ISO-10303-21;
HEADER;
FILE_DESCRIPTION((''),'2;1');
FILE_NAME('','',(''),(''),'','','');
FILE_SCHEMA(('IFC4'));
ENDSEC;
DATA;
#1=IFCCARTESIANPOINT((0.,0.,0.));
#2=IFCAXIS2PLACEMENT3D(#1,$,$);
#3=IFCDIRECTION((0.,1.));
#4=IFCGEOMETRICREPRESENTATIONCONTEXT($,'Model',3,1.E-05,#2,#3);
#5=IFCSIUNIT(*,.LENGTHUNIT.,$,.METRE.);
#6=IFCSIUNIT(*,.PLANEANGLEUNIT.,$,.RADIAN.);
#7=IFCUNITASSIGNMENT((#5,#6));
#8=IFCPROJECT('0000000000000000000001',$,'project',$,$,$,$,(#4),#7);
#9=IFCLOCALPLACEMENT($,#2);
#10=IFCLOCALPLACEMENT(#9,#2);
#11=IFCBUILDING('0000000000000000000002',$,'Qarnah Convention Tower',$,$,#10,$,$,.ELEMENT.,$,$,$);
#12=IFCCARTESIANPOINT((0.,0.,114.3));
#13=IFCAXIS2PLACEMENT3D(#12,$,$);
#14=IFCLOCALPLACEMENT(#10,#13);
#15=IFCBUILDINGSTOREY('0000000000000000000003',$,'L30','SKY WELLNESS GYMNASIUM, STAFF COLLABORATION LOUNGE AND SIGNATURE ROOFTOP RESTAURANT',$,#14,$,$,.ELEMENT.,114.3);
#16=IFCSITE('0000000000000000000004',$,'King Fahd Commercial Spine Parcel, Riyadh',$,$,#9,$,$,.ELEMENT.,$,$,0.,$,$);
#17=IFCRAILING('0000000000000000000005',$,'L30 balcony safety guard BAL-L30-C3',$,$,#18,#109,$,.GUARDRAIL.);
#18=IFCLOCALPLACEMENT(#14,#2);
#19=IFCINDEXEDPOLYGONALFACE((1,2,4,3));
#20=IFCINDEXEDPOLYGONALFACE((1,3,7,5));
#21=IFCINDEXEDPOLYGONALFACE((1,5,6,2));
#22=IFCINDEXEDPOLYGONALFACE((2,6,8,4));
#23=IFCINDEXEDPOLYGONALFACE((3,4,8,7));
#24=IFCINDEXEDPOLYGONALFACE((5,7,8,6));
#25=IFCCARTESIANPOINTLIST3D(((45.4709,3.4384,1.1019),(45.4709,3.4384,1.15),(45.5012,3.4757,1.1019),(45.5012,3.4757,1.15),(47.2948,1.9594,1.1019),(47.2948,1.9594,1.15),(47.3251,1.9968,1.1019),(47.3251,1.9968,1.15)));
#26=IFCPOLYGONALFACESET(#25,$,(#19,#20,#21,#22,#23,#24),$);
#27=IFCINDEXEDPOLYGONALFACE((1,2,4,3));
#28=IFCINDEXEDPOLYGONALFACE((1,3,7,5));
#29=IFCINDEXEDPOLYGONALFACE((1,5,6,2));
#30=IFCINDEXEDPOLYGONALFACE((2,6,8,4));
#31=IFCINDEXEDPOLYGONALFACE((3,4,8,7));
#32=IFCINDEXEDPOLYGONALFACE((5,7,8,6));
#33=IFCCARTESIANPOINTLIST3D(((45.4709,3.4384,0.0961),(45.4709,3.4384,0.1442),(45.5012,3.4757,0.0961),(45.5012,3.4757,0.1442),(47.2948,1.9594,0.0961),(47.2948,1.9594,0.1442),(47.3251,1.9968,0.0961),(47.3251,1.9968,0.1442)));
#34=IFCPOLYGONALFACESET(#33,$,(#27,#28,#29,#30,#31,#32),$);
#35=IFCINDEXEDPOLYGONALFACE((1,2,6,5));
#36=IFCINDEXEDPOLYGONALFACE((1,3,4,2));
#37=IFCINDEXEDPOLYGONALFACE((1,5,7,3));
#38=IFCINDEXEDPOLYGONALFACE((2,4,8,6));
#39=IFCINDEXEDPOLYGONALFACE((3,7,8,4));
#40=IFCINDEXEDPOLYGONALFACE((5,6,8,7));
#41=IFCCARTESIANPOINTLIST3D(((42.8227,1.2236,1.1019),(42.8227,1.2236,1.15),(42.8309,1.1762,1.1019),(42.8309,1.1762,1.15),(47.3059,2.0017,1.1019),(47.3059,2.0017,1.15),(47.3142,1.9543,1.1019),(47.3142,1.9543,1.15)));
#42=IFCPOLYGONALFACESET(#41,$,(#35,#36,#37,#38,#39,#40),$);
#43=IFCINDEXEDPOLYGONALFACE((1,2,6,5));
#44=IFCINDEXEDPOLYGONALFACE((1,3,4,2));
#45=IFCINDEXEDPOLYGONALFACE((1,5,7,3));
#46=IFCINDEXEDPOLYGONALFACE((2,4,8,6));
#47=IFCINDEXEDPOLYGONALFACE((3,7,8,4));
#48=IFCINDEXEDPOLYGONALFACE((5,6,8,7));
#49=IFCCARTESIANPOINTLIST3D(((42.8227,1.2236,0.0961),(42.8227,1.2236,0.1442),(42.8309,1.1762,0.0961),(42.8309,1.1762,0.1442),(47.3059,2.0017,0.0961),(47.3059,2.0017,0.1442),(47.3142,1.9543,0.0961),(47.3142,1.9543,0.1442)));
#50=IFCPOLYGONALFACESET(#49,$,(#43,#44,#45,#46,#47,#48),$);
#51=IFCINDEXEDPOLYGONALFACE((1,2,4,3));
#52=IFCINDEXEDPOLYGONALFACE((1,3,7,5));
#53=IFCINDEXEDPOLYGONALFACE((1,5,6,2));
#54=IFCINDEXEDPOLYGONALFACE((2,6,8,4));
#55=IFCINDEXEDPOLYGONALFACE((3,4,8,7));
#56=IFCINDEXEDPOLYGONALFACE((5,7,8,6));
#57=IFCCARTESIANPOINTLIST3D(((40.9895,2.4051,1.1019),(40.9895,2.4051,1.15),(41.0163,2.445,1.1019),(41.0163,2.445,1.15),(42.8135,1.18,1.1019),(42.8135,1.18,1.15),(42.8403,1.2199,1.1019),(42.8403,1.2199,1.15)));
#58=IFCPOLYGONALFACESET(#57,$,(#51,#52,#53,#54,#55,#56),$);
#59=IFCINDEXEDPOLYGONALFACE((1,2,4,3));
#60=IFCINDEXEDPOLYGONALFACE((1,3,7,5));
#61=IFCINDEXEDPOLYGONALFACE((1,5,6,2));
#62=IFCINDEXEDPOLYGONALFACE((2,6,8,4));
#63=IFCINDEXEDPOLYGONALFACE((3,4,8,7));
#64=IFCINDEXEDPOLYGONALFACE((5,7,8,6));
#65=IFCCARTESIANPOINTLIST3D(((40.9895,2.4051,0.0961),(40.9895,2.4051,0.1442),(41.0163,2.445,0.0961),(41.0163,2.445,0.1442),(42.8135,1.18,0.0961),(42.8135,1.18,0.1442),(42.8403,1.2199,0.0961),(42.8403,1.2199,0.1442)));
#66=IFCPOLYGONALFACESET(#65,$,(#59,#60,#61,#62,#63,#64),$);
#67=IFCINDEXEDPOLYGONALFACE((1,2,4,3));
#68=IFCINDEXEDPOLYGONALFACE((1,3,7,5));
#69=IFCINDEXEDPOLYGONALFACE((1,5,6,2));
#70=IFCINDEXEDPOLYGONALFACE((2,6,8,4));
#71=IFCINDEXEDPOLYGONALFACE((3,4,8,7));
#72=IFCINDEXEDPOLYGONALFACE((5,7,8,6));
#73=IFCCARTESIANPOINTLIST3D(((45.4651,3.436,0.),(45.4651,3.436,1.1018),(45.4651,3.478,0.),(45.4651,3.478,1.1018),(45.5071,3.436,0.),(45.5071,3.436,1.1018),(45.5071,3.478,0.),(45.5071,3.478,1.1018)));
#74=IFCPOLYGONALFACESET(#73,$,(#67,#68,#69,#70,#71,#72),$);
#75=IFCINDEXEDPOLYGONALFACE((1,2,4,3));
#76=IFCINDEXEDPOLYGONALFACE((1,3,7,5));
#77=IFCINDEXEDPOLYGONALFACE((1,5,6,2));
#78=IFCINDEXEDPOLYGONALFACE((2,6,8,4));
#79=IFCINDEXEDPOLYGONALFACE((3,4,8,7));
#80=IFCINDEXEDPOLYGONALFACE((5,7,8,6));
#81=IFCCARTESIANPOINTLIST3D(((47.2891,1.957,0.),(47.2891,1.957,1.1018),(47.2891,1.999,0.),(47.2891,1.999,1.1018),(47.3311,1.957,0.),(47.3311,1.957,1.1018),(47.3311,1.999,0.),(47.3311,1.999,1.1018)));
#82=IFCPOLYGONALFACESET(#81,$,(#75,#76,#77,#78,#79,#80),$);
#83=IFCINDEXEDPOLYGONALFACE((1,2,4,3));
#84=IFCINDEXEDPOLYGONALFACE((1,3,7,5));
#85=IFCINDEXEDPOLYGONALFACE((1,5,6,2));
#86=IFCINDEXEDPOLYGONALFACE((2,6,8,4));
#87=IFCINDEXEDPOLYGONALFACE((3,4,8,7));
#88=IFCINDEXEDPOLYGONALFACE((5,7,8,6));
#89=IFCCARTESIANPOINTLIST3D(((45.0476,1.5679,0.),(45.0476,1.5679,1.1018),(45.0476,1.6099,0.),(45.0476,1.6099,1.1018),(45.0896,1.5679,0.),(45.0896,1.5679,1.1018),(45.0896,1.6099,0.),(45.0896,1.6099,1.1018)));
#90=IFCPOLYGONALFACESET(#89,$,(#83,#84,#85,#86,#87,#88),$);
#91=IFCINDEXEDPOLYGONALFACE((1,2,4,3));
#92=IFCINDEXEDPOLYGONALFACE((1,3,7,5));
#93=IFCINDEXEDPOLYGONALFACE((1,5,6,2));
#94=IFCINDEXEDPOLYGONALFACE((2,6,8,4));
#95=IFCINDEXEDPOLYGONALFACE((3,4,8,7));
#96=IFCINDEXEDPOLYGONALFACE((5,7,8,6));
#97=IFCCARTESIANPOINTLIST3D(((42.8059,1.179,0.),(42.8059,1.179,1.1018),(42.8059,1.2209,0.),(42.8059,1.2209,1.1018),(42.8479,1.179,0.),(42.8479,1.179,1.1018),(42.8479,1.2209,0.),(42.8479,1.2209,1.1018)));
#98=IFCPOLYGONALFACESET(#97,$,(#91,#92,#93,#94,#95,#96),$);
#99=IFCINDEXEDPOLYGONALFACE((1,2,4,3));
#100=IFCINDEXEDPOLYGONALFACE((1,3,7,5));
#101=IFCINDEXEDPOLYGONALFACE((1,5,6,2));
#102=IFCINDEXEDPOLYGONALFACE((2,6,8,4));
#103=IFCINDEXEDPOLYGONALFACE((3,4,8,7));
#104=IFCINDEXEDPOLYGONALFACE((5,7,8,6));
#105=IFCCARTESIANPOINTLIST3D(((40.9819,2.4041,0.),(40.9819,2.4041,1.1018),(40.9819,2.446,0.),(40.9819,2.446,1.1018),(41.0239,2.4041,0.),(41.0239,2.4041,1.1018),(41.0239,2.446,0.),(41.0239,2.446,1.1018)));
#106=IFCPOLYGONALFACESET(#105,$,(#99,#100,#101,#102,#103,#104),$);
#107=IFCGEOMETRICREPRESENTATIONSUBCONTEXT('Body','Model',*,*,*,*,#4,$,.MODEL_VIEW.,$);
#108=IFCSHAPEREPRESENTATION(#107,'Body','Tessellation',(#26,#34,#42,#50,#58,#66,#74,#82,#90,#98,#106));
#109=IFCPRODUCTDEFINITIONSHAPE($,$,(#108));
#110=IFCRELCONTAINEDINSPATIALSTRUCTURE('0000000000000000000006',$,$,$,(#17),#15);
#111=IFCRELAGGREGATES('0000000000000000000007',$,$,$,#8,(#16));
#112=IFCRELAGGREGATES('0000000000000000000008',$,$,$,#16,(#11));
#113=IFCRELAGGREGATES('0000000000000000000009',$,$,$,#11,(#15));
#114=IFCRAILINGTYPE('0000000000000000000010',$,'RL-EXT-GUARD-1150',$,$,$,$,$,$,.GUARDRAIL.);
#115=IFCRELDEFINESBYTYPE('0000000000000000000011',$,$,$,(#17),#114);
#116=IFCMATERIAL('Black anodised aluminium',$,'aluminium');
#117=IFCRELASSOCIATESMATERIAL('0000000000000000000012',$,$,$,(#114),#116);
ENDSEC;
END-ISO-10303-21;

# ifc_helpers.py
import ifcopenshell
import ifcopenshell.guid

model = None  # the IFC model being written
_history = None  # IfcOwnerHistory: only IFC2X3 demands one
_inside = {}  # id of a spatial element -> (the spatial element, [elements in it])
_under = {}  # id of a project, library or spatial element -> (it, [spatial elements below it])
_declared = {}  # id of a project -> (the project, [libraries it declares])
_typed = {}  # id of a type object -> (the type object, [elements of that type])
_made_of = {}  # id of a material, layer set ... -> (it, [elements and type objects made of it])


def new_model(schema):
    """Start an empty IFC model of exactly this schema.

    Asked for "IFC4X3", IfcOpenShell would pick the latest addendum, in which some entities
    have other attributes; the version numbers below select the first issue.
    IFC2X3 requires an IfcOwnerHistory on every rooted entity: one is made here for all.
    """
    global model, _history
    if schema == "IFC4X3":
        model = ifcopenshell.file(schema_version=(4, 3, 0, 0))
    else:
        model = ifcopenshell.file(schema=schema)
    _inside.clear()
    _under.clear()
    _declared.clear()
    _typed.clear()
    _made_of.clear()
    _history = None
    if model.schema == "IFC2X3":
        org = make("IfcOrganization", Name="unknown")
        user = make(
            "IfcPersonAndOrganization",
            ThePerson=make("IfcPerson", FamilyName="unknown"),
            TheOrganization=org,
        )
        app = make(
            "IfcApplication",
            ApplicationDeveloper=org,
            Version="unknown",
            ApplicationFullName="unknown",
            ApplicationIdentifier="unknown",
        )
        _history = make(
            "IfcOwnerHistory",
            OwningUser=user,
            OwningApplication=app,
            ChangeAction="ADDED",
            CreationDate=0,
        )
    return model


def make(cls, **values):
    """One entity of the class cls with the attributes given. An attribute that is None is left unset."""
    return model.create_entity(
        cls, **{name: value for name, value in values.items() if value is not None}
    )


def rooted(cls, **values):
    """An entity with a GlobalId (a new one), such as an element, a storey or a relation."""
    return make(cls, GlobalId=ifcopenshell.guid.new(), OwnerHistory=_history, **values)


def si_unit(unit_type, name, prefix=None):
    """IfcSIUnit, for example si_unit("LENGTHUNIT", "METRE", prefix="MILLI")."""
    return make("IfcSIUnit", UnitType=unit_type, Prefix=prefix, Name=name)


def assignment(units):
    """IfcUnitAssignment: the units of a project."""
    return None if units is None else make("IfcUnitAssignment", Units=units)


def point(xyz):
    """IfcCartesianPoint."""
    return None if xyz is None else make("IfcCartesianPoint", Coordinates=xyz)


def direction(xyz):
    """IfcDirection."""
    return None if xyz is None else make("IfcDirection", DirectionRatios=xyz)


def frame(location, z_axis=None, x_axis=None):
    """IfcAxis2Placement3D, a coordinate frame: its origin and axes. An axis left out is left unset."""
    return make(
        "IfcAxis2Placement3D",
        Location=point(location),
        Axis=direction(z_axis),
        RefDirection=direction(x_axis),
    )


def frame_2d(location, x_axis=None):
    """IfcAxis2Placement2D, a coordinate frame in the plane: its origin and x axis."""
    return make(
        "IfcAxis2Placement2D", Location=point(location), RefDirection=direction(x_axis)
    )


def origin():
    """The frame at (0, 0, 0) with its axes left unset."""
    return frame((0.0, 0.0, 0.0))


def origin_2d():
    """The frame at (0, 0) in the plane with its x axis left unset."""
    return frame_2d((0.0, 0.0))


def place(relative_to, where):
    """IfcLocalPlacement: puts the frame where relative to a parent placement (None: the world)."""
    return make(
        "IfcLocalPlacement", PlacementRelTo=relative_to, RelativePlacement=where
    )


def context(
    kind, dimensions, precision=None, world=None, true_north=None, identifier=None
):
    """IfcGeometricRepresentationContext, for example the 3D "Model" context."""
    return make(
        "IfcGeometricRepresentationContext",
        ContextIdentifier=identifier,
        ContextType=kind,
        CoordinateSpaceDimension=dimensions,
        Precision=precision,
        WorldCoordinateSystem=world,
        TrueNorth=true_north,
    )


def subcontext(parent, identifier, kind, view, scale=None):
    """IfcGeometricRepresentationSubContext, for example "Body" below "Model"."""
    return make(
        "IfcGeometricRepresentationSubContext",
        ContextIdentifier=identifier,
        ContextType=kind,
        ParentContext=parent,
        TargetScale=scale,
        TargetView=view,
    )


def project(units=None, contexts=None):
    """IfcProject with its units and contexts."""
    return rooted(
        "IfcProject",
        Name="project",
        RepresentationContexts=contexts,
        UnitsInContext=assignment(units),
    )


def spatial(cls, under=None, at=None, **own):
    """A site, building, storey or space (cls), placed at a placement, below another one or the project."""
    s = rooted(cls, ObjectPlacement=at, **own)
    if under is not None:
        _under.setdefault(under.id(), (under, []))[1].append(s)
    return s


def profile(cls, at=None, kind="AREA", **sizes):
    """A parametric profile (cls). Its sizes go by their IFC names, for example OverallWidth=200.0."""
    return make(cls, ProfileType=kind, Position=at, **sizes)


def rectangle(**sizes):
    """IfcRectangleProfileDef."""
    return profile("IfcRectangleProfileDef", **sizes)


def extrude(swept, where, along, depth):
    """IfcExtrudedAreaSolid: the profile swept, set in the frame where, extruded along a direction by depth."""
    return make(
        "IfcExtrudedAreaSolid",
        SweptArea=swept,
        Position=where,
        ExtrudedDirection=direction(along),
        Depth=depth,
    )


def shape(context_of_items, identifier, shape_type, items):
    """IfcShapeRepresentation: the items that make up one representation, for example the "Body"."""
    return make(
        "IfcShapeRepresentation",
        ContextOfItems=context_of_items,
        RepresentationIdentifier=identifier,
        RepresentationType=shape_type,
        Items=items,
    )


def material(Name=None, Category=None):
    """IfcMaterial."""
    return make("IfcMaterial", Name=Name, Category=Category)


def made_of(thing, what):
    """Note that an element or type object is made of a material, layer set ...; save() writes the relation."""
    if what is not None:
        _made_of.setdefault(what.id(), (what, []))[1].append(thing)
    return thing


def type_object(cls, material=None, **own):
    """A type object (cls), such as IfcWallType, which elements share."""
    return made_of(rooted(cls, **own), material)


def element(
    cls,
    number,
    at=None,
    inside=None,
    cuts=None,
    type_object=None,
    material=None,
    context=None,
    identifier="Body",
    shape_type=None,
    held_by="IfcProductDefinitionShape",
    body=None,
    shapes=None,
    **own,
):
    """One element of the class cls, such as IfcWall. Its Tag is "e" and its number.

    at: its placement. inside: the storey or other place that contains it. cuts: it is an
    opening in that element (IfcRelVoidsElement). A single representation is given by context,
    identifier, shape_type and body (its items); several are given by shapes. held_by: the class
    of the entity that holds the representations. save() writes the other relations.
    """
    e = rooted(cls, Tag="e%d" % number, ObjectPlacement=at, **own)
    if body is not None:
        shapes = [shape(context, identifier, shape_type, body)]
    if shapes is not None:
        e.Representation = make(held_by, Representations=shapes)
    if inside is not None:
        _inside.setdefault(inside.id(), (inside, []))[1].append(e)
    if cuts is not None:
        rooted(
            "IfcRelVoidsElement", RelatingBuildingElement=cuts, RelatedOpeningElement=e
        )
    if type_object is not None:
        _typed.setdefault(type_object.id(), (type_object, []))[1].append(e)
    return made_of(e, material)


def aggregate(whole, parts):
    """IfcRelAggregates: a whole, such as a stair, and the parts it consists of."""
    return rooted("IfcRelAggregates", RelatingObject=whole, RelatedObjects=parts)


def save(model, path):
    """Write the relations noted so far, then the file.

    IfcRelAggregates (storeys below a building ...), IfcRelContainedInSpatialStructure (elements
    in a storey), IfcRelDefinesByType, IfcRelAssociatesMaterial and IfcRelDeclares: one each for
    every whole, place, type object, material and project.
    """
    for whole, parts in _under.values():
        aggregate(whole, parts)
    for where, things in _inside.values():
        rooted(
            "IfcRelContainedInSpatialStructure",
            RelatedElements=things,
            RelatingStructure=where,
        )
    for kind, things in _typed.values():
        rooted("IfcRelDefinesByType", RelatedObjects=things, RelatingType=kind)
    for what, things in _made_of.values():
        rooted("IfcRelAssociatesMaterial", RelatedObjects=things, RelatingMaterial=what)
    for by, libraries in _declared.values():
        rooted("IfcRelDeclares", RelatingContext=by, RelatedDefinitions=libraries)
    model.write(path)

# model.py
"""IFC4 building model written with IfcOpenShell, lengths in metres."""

from ifc_helpers import new_model, si_unit, direction, frame, origin, origin_2d, place, context, subcontext, project, spatial, rectangle, extrude, material, type_object, element, save


model = new_model("IFC4")

# Units and contexts
model_context = context("Model", 3, precision=1e-05, world=origin(), true_north=direction((0.0, 1.0)))
body_context = subcontext(model_context, "Body", "Model", "MODEL_VIEW")
ifc_project = project(units=[si_unit("LENGTHUNIT", "METRE"), si_unit("PLANEANGLEUNIT", "RADIAN")], contexts=[model_context])

# Site, building, storey
site_placement = place(None, origin())
site = spatial("IfcSite", under=ifc_project, at=site_placement, Name="King Fahd Commercial Spine Parcel, Riyadh", CompositionType="ELEMENT", RefElevation=0.0)
building_placement = place(site_placement, origin())
building = spatial("IfcBuilding", under=site, at=building_placement, Name="Qarnah Convention Tower", CompositionType="ELEMENT")
storey_placement = place(building_placement, frame((0.0, 0.0, 114.3)))
storey = spatial("IfcBuildingStorey", under=building, at=storey_placement, Name="L30", Description="SKY WELLNESS GYMNASIUM, STAFF COLLABORATION LOUNGE AND SIGNATURE ROOFTOP RESTAURANT", CompositionType="ELEMENT", Elevation=114.3)

# Shared definitions
ifc_material_1 = material(Name="Black anodised aluminium", Category="aluminium")

# Railing
railing_type = type_object("IfcRailingType", Name="RL-EXT-GUARD-1150", PredefinedType="GUARDRAIL", material=ifc_material_1)
railing_1_placement = place(storey_placement, frame((45.4861, 3.457, 0.0)))
element("IfcRailing", 1, at=railing_1_placement, inside=storey, type_object=railing_type, Name="L30 balcony safety guard BAL-L30-C3", PredefinedType="GUARDRAIL", context=body_context, shape_type="SweptSolid", body=[
    extrude(rectangle(XDim=0.0481, YDim=0.0481, at=origin_2d()), frame((0.0, 0.0, 1.126), z_axis=(0.776734, -0.629829, 0.0), x_axis=(0.629829, 0.776734, 0.0)), (0.0, 0.0, 1.0), 2.3481),
    extrude(rectangle(XDim=0.0481, YDim=0.0481, at=origin_2d()), frame((0.0, 0.0, 0.1201), z_axis=(0.776734, -0.629829, 0.0), x_axis=(0.629829, 0.776734, 0.0)), (0.0, 0.0, 1.0), 2.3481),
    extrude(rectangle(XDim=0.0481, YDim=0.0481, at=origin_2d()), frame((1.824, -1.479, 1.126), z_axis=(-0.985271, -0.170999, 0.0), x_axis=(0.170999, -0.985271, 0.0)), (0.0, 0.0, 1.0), 4.5503),
    extrude(rectangle(XDim=0.0481, YDim=0.0481, at=origin_2d()), frame((1.824, -1.479, 0.1201), z_axis=(-0.985271, -0.170999, 0.0), x_axis=(0.170999, -0.985271, 0.0)), (0.0, 0.0, 1.0), 4.5503),
    extrude(rectangle(XDim=0.0481, YDim=0.0481, at=origin_2d()), frame((-2.6592, -2.2571, 1.126), z_axis=(-0.830131, 0.557569, 0.0), x_axis=(-0.557569, -0.830131, 0.0)), (0.0, 0.0, 1.0), 2.1973),
    extrude(rectangle(XDim=0.0481, YDim=0.0481, at=origin_2d()), frame((-2.6592, -2.2571, 0.1201), z_axis=(-0.830131, 0.557569, 0.0), x_axis=(-0.557569, -0.830131, 0.0)), (0.0, 0.0, 1.0), 2.1973),
    extrude(rectangle(XDim=0.042, YDim=0.042, at=origin_2d()), origin(), (0.0, 0.0, 1.0), 1.1018),
    extrude(rectangle(XDim=0.042, YDim=0.042, at=origin_2d()), frame((1.824, -1.479, 0.0)), (0.0, 0.0, 1.0), 1.1018),
    extrude(rectangle(XDim=0.042, YDim=0.042, at=origin_2d()), frame((-0.4175, -1.8682, 0.0)), (0.0, 0.0, 1.0), 1.1018),
    extrude(rectangle(XDim=0.042, YDim=0.042, at=origin_2d()), frame((-2.6592, -2.2571, 0.0)), (0.0, 0.0, 1.0), 1.1018),
    extrude(rectangle(XDim=0.042, YDim=0.042, at=origin_2d()), frame((-4.4832, -1.032, 0.0)), (0.0, 0.0, 1.0), 1.1018),
])

save(model, "model.ifc")
